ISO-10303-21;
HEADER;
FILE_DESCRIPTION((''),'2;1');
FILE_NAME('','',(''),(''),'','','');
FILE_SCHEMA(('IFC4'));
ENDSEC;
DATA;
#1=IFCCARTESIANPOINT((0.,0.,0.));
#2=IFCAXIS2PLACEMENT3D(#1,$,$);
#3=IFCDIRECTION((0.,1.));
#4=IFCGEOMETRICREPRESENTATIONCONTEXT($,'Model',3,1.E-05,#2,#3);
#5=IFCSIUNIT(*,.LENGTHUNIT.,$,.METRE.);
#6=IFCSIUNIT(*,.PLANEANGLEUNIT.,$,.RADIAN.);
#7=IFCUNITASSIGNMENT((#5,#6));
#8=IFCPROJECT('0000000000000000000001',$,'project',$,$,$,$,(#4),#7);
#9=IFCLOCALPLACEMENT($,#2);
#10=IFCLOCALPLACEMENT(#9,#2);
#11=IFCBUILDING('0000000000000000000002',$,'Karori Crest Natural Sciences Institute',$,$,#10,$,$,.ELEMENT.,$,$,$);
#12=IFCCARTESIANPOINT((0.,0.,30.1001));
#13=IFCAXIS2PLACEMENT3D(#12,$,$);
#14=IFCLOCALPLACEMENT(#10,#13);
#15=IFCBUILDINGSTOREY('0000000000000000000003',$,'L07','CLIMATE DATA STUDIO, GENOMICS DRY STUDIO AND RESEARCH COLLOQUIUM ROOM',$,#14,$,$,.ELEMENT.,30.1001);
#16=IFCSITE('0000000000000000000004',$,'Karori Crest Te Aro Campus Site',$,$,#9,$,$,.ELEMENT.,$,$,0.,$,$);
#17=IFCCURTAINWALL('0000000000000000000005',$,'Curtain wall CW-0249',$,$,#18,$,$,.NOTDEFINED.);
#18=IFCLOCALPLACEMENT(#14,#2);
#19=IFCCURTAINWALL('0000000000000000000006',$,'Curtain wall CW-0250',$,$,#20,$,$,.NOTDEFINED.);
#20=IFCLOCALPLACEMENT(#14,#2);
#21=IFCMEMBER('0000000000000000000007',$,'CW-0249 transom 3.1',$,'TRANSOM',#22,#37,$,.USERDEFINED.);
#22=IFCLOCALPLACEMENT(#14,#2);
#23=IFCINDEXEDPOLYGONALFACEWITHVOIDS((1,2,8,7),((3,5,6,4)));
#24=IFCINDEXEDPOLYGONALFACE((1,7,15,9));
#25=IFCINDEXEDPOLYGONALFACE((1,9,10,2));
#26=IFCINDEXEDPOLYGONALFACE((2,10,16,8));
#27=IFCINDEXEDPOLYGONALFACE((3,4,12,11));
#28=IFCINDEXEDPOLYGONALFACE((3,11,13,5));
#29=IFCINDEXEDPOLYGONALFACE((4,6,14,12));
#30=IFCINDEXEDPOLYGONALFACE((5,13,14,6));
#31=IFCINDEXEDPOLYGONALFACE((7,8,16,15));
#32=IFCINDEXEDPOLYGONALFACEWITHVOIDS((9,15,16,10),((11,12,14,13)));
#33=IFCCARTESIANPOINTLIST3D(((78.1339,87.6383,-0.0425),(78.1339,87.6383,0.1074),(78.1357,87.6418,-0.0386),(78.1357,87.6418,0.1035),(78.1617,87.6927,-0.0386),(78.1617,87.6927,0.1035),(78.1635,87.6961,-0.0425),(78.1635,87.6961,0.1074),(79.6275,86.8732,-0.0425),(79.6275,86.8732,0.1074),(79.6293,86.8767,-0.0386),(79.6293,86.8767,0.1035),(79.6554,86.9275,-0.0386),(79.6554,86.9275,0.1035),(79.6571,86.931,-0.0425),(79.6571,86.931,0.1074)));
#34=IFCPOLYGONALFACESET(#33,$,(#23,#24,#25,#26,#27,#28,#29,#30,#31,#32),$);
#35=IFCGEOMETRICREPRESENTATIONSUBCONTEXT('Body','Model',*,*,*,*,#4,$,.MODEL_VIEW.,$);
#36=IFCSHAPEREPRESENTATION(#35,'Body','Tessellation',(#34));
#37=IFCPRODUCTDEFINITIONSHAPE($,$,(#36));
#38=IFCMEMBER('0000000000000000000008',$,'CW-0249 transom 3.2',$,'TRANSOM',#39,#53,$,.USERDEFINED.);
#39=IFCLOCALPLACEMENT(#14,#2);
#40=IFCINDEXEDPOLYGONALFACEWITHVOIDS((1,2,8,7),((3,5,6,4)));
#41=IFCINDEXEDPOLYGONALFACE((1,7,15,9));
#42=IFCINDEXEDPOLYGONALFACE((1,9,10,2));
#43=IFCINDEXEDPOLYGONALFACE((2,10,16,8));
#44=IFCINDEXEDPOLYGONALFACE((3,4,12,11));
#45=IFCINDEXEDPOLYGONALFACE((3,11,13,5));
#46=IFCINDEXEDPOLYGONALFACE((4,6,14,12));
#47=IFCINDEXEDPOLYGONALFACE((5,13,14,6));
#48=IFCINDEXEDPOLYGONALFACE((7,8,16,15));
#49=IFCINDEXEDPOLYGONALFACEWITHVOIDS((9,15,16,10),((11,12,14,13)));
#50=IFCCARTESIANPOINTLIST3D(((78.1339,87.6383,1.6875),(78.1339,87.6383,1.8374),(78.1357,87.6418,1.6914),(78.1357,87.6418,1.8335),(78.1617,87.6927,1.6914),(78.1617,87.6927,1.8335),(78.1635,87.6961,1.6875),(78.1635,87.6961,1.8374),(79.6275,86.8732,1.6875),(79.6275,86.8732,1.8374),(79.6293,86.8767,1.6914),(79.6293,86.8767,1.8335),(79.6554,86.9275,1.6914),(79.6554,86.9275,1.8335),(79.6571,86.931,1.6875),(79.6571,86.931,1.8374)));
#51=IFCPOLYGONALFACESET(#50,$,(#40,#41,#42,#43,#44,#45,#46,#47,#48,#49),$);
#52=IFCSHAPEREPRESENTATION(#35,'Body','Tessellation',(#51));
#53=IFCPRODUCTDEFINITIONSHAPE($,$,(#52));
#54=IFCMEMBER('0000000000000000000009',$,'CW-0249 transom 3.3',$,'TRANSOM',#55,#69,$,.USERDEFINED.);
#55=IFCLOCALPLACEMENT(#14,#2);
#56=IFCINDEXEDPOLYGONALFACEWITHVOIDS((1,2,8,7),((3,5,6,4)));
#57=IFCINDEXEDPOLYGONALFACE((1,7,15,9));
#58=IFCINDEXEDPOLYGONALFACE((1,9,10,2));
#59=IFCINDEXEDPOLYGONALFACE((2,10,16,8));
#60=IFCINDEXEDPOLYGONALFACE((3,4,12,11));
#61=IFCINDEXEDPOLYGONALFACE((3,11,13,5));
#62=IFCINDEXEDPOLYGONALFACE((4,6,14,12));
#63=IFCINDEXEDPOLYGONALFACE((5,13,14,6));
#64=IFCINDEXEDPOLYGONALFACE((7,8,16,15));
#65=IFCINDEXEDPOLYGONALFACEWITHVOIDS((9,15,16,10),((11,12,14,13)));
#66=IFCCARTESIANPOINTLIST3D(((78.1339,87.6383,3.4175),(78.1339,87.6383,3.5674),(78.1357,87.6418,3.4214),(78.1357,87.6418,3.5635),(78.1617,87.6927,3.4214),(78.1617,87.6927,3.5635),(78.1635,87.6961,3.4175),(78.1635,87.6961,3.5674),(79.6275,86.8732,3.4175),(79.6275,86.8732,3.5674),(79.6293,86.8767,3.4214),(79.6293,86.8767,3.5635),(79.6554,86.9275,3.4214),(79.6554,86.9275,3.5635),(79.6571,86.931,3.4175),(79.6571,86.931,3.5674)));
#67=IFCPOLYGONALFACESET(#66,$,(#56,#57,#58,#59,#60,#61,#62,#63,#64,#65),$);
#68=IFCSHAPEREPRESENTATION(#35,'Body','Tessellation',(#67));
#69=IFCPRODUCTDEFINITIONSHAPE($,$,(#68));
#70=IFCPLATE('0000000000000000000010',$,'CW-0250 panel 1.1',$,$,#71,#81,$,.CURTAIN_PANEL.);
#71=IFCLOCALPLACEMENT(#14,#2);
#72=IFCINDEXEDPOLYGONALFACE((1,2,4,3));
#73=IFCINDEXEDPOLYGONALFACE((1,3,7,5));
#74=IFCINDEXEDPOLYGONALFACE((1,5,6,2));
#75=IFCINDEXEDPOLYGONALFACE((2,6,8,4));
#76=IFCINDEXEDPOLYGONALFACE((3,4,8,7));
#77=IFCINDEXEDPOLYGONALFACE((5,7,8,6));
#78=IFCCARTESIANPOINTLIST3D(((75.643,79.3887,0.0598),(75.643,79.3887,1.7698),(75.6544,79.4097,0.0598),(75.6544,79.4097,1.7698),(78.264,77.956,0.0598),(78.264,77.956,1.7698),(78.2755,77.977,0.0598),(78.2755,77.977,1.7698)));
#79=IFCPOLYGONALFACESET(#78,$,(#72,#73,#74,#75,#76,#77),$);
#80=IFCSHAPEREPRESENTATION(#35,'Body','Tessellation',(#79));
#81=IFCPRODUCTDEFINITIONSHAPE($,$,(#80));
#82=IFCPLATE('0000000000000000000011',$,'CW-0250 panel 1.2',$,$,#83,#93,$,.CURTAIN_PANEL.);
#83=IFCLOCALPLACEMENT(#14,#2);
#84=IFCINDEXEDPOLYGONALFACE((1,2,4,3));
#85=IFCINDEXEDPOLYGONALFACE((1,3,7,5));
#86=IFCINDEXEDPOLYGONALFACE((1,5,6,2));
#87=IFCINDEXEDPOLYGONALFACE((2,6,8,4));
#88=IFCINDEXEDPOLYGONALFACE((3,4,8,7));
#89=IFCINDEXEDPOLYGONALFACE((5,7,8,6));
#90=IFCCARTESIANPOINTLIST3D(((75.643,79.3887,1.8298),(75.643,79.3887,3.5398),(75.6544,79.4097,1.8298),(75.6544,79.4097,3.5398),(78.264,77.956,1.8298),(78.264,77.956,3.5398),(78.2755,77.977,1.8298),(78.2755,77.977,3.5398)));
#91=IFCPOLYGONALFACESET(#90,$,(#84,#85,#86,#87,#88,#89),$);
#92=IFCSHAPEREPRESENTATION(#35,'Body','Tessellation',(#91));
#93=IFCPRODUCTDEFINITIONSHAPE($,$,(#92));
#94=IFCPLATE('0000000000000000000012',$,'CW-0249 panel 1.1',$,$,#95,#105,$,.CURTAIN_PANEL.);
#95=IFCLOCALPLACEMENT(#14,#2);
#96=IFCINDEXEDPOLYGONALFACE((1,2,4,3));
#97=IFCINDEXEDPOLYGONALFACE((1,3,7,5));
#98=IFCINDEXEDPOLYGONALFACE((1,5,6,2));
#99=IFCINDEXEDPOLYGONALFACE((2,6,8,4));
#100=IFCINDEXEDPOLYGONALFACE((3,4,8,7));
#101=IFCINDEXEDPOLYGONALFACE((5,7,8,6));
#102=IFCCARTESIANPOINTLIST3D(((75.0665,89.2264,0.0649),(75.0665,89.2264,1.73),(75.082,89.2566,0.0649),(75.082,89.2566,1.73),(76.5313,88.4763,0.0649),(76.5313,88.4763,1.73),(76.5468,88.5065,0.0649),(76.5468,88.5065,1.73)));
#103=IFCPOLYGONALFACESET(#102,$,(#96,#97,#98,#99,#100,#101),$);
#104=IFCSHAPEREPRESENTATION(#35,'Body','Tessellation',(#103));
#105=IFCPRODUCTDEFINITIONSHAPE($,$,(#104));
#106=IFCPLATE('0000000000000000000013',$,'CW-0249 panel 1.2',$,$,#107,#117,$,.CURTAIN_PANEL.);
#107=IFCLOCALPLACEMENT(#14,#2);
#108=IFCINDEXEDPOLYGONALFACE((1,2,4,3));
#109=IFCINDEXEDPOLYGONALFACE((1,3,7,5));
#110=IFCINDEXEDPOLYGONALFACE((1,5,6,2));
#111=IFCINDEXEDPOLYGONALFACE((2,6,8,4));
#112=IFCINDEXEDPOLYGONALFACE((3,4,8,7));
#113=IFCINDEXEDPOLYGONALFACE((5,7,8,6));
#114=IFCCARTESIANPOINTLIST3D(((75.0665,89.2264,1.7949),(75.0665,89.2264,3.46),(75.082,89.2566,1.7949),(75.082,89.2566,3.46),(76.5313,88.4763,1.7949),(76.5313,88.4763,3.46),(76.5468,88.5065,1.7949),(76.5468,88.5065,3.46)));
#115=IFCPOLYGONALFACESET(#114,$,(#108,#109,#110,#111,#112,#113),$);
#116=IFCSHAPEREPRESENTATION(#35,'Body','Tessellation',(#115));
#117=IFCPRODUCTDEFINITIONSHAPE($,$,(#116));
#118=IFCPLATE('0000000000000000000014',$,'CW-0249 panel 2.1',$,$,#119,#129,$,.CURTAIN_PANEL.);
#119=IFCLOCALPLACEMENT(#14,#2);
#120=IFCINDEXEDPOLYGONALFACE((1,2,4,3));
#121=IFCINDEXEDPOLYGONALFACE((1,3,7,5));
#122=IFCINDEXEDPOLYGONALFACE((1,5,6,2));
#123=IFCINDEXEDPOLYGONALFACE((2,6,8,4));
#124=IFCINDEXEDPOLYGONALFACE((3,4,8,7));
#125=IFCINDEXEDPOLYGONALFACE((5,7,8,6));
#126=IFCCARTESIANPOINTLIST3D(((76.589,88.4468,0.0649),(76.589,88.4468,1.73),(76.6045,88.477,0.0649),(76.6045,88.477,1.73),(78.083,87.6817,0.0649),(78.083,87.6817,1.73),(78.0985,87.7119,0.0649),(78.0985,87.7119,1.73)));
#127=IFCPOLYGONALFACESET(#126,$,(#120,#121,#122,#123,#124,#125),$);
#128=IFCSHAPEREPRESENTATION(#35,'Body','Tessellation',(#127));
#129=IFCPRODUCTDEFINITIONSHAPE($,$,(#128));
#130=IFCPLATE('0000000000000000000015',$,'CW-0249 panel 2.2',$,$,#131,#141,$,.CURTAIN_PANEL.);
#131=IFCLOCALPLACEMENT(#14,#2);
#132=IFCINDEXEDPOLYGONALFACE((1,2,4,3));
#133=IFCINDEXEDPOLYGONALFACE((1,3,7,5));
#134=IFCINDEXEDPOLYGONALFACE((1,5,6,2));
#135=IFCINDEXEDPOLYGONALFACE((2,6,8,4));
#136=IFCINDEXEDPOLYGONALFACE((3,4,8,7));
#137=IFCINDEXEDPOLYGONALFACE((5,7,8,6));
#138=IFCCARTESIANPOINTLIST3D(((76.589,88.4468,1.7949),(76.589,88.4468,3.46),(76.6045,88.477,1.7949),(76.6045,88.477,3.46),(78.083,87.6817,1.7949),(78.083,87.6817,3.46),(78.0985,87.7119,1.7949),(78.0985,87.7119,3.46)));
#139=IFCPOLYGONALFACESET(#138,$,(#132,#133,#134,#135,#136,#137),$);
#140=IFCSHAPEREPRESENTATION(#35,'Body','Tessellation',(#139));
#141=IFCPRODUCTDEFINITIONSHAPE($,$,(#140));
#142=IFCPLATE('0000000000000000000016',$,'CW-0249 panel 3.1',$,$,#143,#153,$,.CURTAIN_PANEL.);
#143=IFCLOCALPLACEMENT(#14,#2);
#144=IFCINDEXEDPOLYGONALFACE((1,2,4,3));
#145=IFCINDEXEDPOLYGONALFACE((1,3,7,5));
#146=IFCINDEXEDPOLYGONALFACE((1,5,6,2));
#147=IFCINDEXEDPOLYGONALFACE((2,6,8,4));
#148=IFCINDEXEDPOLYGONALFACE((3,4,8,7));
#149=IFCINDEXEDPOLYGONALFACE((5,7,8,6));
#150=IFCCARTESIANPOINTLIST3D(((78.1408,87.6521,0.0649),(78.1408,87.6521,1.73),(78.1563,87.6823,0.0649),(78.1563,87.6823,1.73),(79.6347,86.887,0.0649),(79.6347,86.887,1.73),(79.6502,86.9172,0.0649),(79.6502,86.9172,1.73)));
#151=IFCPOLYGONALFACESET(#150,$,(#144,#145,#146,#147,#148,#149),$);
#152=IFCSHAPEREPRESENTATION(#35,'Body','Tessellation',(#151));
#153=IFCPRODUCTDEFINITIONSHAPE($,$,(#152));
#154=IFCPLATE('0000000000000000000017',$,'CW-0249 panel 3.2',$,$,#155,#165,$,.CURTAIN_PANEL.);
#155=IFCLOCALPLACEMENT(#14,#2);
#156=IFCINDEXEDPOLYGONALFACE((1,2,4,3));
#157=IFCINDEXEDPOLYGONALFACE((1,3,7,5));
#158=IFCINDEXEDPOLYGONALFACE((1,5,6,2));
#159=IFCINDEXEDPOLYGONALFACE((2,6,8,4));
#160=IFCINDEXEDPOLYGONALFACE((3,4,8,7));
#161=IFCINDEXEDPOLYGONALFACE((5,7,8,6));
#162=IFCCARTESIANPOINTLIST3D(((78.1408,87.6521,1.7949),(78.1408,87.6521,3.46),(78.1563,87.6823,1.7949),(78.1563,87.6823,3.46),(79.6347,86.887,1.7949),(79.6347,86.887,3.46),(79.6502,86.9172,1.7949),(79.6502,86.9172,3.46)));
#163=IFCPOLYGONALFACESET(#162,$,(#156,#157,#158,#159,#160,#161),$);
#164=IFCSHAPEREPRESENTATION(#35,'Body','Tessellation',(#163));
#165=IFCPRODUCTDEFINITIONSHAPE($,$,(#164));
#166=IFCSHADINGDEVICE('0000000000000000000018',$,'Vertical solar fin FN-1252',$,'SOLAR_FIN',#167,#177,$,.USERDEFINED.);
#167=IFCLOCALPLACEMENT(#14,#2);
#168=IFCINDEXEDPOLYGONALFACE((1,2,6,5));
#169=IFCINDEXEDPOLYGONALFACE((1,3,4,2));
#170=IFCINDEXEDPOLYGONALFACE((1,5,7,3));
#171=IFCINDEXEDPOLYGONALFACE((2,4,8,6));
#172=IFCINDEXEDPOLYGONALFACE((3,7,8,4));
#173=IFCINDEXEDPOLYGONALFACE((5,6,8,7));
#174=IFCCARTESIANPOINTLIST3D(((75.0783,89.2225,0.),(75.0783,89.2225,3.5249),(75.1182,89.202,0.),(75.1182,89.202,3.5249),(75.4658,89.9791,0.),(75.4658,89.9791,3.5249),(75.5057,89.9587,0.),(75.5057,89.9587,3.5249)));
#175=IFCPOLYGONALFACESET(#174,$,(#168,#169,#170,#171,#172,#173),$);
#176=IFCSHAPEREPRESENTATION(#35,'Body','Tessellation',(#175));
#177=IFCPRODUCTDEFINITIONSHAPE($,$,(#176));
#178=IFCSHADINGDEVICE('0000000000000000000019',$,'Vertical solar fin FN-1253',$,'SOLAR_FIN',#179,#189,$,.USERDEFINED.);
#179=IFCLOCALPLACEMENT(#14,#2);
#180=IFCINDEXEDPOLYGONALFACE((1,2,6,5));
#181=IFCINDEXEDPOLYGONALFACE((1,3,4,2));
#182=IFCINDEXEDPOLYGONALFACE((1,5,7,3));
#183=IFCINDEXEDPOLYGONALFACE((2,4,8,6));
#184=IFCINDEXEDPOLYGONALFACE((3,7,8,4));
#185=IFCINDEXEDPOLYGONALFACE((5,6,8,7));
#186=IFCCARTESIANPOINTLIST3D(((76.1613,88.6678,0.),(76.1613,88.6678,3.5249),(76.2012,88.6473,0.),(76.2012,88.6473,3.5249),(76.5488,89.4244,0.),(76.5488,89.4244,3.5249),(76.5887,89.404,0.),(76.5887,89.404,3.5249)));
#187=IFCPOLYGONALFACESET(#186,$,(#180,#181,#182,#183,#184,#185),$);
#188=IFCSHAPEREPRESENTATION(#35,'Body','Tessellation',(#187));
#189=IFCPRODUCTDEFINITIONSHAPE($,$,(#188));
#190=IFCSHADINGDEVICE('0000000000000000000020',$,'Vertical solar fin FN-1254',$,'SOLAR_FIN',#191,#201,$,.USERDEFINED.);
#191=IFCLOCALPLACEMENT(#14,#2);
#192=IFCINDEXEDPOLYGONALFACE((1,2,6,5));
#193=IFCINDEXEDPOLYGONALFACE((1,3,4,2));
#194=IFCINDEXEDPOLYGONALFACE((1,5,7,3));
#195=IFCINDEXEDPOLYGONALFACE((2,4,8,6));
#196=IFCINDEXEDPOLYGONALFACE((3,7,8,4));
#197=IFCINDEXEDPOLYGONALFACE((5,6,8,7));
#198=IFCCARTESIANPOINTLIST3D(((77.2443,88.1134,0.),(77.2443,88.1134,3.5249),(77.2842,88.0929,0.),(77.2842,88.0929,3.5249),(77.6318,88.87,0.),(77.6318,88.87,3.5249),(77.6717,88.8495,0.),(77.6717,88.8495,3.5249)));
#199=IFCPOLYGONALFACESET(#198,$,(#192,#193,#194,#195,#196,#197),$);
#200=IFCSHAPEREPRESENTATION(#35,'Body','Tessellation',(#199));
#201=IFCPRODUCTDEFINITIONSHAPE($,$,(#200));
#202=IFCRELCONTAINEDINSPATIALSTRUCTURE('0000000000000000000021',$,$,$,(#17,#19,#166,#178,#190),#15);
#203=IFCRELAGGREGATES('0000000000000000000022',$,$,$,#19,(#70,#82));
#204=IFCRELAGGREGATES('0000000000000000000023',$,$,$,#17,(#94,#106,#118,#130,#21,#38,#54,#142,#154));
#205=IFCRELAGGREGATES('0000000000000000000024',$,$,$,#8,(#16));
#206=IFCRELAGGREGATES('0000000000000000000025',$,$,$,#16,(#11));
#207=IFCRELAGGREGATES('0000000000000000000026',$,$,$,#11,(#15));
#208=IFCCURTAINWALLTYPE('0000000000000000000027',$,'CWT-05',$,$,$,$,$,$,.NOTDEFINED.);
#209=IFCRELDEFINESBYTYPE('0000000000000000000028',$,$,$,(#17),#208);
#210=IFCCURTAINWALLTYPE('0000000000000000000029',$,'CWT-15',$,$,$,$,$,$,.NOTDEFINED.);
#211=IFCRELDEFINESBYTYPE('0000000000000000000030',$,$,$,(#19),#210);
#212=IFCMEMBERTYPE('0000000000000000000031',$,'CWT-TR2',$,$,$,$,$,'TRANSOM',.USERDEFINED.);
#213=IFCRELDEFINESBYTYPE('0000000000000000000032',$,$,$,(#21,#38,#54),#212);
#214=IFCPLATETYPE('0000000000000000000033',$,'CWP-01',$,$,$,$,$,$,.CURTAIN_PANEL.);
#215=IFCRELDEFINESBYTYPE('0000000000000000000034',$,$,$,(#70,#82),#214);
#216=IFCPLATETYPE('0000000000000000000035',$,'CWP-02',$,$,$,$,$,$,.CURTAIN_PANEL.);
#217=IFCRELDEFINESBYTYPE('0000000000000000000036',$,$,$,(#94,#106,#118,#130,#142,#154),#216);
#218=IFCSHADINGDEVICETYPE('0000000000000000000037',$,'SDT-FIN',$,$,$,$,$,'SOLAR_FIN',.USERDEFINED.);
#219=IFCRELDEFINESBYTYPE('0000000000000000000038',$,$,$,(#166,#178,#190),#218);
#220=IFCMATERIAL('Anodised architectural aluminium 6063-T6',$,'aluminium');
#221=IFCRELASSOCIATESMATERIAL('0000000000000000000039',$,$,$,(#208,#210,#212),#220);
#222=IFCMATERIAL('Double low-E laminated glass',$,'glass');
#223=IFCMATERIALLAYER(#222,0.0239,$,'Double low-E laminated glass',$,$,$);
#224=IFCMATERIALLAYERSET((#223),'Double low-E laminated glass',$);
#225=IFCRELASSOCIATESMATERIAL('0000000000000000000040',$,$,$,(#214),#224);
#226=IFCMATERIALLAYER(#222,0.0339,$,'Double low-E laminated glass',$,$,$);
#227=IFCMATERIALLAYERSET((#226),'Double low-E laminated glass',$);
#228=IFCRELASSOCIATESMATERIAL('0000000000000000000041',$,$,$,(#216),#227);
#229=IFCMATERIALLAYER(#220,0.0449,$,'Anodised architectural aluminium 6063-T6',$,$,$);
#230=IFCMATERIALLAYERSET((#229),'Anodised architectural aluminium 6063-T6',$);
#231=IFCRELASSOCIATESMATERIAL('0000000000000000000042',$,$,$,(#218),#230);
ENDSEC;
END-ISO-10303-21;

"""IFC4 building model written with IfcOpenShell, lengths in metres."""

from ifc_helpers import new_model, si_unit, direction, frame, origin, origin_2d, place, context, subcontext, project, spatial, rectangle, hollow_rectangle, extrude, material, layer, layer_set, material_profile, profile_set, type_object, element, aggregate, save


model = new_model("IFC4")

# Units and contexts
model_context = context("Model", 3, precision=1e-05, world=origin(), true_north=direction((0.0, 1.0)))
body_context = subcontext(model_context, "Body", "Model", "MODEL_VIEW")
ifc_project = project(units=[si_unit("LENGTHUNIT", "METRE"), si_unit("PLANEANGLEUNIT", "RADIAN")], contexts=[model_context])

# Site, building, storey
site_placement = place(None, origin())
site = spatial("IfcSite", under=ifc_project, at=site_placement, Name="Karori Crest Te Aro Campus Site", CompositionType="ELEMENT", RefElevation=0.0)
building_placement = place(site_placement, origin())
building = spatial("IfcBuilding", under=site, at=building_placement, Name="Karori Crest Natural Sciences Institute", CompositionType="ELEMENT")
storey_placement = place(building_placement, frame((0.0, 0.0, 30.1001)))
storey = spatial("IfcBuildingStorey", under=building, at=storey_placement, Name="L07", Description="CLIMATE DATA STUDIO, GENOMICS DRY STUDIO AND RESEARCH COLLOQUIUM ROOM", CompositionType="ELEMENT", Elevation=30.1001)

# Curtain walls
ifc_material_1 = material(Name="Anodised architectural aluminium 6063-T6", Category="aluminium")
curtain_wall_type_1 = type_object("IfcCurtainWallType", Name="CWT-05", PredefinedType="NOTDEFINED", material=ifc_material_1)
curtain_wall_1_placement = place(storey_placement, origin())
curtain_wall_1 = element("IfcCurtainWall", 1, at=curtain_wall_1_placement, inside=storey, type_object=curtain_wall_type_1, Name="Curtain wall CW-0249", PredefinedType="NOTDEFINED")
curtain_wall_type_2 = type_object("IfcCurtainWallType", Name="CWT-15", PredefinedType="NOTDEFINED", material=ifc_material_1)
curtain_wall_2_placement = place(storey_placement, origin())
curtain_wall_2 = element("IfcCurtainWall", 2, at=curtain_wall_2_placement, inside=storey, type_object=curtain_wall_type_2, Name="Curtain wall CW-0250", PredefinedType="NOTDEFINED")

# Members
ifc_material_profile_1 = material_profile(ifc_material_1, hollow_rectangle(XDim=0.0649, YDim=0.1499, WallThickness=0.0039, at=origin_2d()), Name="CWT150x65x4")
ifc_profile_set_1 = profile_set([ifc_material_profile_1], Name="Anodised architectural aluminium 6063-T6")
member_type_1 = type_object("IfcMemberType", Name="CWT-TR2", ElementType="TRANSOM", PredefinedType="USERDEFINED", material=ifc_profile_set_1)
member_1_placement = place(storey_placement, frame((78.1487, 87.6672, 0.0325), z_axis=(0.89002, -0.455921, 0.0), x_axis=(0.455921, 0.89002, 0.0)))
member_1 = element("IfcMember", 3, at=member_1_placement, type_object=member_type_1, Name="CW-0249 transom 3.1", ObjectType="TRANSOM", PredefinedType="USERDEFINED", context=body_context, shape_type="SweptSolid", body=[
    extrude(hollow_rectangle(XDim=0.0649, YDim=0.1499, WallThickness=0.0039, at=origin_2d()), origin(), (0.0, 0.0, 1.0), 1.6782),
])
member_2_placement = place(storey_placement, frame((78.1487, 87.6672, 1.7625), z_axis=(0.89002, -0.455921, 0.0), x_axis=(0.455921, 0.89002, 0.0)))
member_2 = element("IfcMember", 4, at=member_2_placement, type_object=member_type_1, Name="CW-0249 transom 3.2", ObjectType="TRANSOM", PredefinedType="USERDEFINED", context=body_context, shape_type="SweptSolid", body=[
    extrude(hollow_rectangle(XDim=0.0649, YDim=0.1499, WallThickness=0.0039, at=origin_2d()), origin(), (0.0, 0.0, 1.0), 1.6782),
])
member_3_placement = place(storey_placement, frame((78.1487, 87.6672, 3.4924), z_axis=(0.89002, -0.455921, 0.0), x_axis=(0.455921, 0.89002, 0.0)))
member_3 = element("IfcMember", 5, at=member_3_placement, type_object=member_type_1, Name="CW-0249 transom 3.3", ObjectType="TRANSOM", PredefinedType="USERDEFINED", context=body_context, shape_type="SweptSolid", body=[
    extrude(hollow_rectangle(XDim=0.0649, YDim=0.1499, WallThickness=0.0039, at=origin_2d()), origin(), (0.0, 0.0, 1.0), 1.6782),
])

# Plates
ifc_material_2 = material(Name="Double low-E laminated glass", Category="glass")
ifc_layer_1 = layer(ifc_material_2, 0.0239, Name="Double low-E laminated glass")
ifc_layer_set_1 = layer_set([ifc_layer_1], Name="Double low-E laminated glass")
plate_type_1 = type_object("IfcPlateType", Name="CWP-01", PredefinedType="CURTAIN_PANEL", material=ifc_layer_set_1)
plate_1_placement = place(storey_placement, frame((76.9592, 78.6829, 0.0598), z_axis=(0.0, 0.0, 1.0), x_axis=(-0.87747, 0.479631, 0.0)))
plate_1 = element("IfcPlate", 6, at=plate_1_placement, type_object=plate_type_1, Name="CW-0250 panel 1.1", PredefinedType="CURTAIN_PANEL", context=body_context, shape_type="SweptSolid", body=[
    extrude(rectangle(XDim=2.9871, YDim=0.0239, at=origin_2d()), origin(), (0.0, 0.0, 1.0), 1.71),
])
plate_2_placement = place(storey_placement, frame((76.9592, 78.6829, 1.8298), z_axis=(0.0, 0.0, 1.0), x_axis=(-0.87747, 0.479631, 0.0)))
plate_2 = element("IfcPlate", 7, at=plate_2_placement, type_object=plate_type_1, Name="CW-0250 panel 1.2", PredefinedType="CURTAIN_PANEL", context=body_context, shape_type="SweptSolid", body=[
    extrude(rectangle(XDim=2.9871, YDim=0.0239, at=origin_2d()), origin(), (0.0, 0.0, 1.0), 1.71),
])
aggregate(curtain_wall_2, [plate_1, plate_2])
ifc_layer_2 = layer(ifc_material_2, 0.0339, Name="Double low-E laminated glass")
ifc_layer_set_2 = layer_set([ifc_layer_2], Name="Double low-E laminated glass")
plate_type_2 = type_object("IfcPlateType", Name="CWP-02", PredefinedType="CURTAIN_PANEL", material=ifc_layer_set_2)
plate_3_placement = place(storey_placement, frame((75.8066, 88.8665, 0.0649), z_axis=(0.0, 0.0, 1.0), x_axis=(0.890067, -0.455829, 0.0)))
plate_3 = element("IfcPlate", 8, at=plate_3_placement, type_object=plate_type_2, Name="CW-0249 panel 1.1", PredefinedType="CURTAIN_PANEL", context=body_context, shape_type="SweptSolid", body=[
    extrude(rectangle(XDim=1.6458, YDim=0.0339, at=origin_2d()), origin(), (0.0, 0.0, 1.0), 1.665),
])
plate_4_placement = place(storey_placement, frame((75.8066, 88.8665, 1.7949), z_axis=(0.0, 0.0, 1.0), x_axis=(0.890067, -0.455829, 0.0)))
plate_4 = element("IfcPlate", 9, at=plate_4_placement, type_object=plate_type_2, Name="CW-0249 panel 1.2", PredefinedType="CURTAIN_PANEL", context=body_context, shape_type="SweptSolid", body=[
    extrude(rectangle(XDim=1.6458, YDim=0.0339, at=origin_2d()), origin(), (0.0, 0.0, 1.0), 1.665),
])
plate_5_placement = place(storey_placement, frame((77.3438, 88.0793, 0.0649), z_axis=(0.0, 0.0, 1.0), x_axis=(0.890067, -0.455829, 0.0)))
plate_5 = element("IfcPlate", 10, at=plate_5_placement, type_object=plate_type_2, Name="CW-0249 panel 2.1", PredefinedType="CURTAIN_PANEL", context=body_context, shape_type="SweptSolid", body=[
    extrude(rectangle(XDim=1.6785, YDim=0.0339, at=origin_2d()), origin(), (0.0, 0.0, 1.0), 1.665),
])
plate_6_placement = place(storey_placement, frame((77.3438, 88.0793, 1.7949), z_axis=(0.0, 0.0, 1.0), x_axis=(0.890067, -0.455829, 0.0)))
plate_6 = element("IfcPlate", 11, at=plate_6_placement, type_object=plate_type_2, Name="CW-0249 panel 2.2", PredefinedType="CURTAIN_PANEL", context=body_context, shape_type="SweptSolid", body=[
    extrude(rectangle(XDim=1.6785, YDim=0.0339, at=origin_2d()), origin(), (0.0, 0.0, 1.0), 1.665),
])
plate_7_placement = place(storey_placement, frame((78.8955, 87.2847, 0.0649), z_axis=(0.0, 0.0, 1.0), x_axis=(0.890067, -0.455829, 0.0)))
plate_7 = element("IfcPlate", 12, at=plate_7_placement, type_object=plate_type_2, Name="CW-0249 panel 3.1", PredefinedType="CURTAIN_PANEL", context=body_context, shape_type="SweptSolid", body=[
    extrude(rectangle(XDim=1.6785, YDim=0.0339, at=origin_2d()), origin(), (0.0, 0.0, 1.0), 1.665),
])
plate_8_placement = place(storey_placement, frame((78.8955, 87.2847, 1.7949), z_axis=(0.0, 0.0, 1.0), x_axis=(0.890067, -0.455829, 0.0)))
plate_8 = element("IfcPlate", 13, at=plate_8_placement, type_object=plate_type_2, Name="CW-0249 panel 3.2", PredefinedType="CURTAIN_PANEL", context=body_context, shape_type="SweptSolid", body=[
    extrude(rectangle(XDim=1.6785, YDim=0.0339, at=origin_2d()), origin(), (0.0, 0.0, 1.0), 1.665),
])
aggregate(curtain_wall_1, [plate_3, plate_4, plate_5, plate_6, member_1, member_2, member_3, plate_7, plate_8])

# Shading devices
ifc_layer_3 = layer(ifc_material_1, 0.0449, Name="Anodised architectural aluminium 6063-T6")
ifc_layer_set_3 = layer_set([ifc_layer_3], Name="Anodised architectural aluminium 6063-T6")
shading_device_type = type_object("IfcShadingDeviceType", Name="SDT-FIN", ElementType="SOLAR_FIN", PredefinedType="USERDEFINED", material=ifc_layer_set_3)
for number, where, z_axis, x_axis, name in (
    (14, (75.292, 89.5906, 0.0), (0.0, 0.0, 1.0), (0.455829, 0.890067, 0.0), "Vertical solar fin FN-1252"),
    (15, (76.375, 89.0359, 0.0), (0.0, 0.0, 1.0), (0.455829, 0.890067, 0.0), "Vertical solar fin FN-1253"),
    (16, (77.458, 88.4814, 0.0), (0.0, 0.0, 1.0), (0.455829, 0.890067, 0.0), "Vertical solar fin FN-1254"),
):
    element("IfcShadingDevice", number, at=place(storey_placement, frame(where, z_axis=z_axis, x_axis=x_axis)), inside=storey, type_object=shading_device_type, Name=name, ObjectType="SOLAR_FIN", PredefinedType="USERDEFINED", context=body_context, shape_type="SweptSolid", body=[
        extrude(rectangle(XDim=0.8501, YDim=0.0449, at=origin_2d()), origin(), (0.0, 0.0, 1.0), 3.5249),
    ])

save(model, "model.ifc")
